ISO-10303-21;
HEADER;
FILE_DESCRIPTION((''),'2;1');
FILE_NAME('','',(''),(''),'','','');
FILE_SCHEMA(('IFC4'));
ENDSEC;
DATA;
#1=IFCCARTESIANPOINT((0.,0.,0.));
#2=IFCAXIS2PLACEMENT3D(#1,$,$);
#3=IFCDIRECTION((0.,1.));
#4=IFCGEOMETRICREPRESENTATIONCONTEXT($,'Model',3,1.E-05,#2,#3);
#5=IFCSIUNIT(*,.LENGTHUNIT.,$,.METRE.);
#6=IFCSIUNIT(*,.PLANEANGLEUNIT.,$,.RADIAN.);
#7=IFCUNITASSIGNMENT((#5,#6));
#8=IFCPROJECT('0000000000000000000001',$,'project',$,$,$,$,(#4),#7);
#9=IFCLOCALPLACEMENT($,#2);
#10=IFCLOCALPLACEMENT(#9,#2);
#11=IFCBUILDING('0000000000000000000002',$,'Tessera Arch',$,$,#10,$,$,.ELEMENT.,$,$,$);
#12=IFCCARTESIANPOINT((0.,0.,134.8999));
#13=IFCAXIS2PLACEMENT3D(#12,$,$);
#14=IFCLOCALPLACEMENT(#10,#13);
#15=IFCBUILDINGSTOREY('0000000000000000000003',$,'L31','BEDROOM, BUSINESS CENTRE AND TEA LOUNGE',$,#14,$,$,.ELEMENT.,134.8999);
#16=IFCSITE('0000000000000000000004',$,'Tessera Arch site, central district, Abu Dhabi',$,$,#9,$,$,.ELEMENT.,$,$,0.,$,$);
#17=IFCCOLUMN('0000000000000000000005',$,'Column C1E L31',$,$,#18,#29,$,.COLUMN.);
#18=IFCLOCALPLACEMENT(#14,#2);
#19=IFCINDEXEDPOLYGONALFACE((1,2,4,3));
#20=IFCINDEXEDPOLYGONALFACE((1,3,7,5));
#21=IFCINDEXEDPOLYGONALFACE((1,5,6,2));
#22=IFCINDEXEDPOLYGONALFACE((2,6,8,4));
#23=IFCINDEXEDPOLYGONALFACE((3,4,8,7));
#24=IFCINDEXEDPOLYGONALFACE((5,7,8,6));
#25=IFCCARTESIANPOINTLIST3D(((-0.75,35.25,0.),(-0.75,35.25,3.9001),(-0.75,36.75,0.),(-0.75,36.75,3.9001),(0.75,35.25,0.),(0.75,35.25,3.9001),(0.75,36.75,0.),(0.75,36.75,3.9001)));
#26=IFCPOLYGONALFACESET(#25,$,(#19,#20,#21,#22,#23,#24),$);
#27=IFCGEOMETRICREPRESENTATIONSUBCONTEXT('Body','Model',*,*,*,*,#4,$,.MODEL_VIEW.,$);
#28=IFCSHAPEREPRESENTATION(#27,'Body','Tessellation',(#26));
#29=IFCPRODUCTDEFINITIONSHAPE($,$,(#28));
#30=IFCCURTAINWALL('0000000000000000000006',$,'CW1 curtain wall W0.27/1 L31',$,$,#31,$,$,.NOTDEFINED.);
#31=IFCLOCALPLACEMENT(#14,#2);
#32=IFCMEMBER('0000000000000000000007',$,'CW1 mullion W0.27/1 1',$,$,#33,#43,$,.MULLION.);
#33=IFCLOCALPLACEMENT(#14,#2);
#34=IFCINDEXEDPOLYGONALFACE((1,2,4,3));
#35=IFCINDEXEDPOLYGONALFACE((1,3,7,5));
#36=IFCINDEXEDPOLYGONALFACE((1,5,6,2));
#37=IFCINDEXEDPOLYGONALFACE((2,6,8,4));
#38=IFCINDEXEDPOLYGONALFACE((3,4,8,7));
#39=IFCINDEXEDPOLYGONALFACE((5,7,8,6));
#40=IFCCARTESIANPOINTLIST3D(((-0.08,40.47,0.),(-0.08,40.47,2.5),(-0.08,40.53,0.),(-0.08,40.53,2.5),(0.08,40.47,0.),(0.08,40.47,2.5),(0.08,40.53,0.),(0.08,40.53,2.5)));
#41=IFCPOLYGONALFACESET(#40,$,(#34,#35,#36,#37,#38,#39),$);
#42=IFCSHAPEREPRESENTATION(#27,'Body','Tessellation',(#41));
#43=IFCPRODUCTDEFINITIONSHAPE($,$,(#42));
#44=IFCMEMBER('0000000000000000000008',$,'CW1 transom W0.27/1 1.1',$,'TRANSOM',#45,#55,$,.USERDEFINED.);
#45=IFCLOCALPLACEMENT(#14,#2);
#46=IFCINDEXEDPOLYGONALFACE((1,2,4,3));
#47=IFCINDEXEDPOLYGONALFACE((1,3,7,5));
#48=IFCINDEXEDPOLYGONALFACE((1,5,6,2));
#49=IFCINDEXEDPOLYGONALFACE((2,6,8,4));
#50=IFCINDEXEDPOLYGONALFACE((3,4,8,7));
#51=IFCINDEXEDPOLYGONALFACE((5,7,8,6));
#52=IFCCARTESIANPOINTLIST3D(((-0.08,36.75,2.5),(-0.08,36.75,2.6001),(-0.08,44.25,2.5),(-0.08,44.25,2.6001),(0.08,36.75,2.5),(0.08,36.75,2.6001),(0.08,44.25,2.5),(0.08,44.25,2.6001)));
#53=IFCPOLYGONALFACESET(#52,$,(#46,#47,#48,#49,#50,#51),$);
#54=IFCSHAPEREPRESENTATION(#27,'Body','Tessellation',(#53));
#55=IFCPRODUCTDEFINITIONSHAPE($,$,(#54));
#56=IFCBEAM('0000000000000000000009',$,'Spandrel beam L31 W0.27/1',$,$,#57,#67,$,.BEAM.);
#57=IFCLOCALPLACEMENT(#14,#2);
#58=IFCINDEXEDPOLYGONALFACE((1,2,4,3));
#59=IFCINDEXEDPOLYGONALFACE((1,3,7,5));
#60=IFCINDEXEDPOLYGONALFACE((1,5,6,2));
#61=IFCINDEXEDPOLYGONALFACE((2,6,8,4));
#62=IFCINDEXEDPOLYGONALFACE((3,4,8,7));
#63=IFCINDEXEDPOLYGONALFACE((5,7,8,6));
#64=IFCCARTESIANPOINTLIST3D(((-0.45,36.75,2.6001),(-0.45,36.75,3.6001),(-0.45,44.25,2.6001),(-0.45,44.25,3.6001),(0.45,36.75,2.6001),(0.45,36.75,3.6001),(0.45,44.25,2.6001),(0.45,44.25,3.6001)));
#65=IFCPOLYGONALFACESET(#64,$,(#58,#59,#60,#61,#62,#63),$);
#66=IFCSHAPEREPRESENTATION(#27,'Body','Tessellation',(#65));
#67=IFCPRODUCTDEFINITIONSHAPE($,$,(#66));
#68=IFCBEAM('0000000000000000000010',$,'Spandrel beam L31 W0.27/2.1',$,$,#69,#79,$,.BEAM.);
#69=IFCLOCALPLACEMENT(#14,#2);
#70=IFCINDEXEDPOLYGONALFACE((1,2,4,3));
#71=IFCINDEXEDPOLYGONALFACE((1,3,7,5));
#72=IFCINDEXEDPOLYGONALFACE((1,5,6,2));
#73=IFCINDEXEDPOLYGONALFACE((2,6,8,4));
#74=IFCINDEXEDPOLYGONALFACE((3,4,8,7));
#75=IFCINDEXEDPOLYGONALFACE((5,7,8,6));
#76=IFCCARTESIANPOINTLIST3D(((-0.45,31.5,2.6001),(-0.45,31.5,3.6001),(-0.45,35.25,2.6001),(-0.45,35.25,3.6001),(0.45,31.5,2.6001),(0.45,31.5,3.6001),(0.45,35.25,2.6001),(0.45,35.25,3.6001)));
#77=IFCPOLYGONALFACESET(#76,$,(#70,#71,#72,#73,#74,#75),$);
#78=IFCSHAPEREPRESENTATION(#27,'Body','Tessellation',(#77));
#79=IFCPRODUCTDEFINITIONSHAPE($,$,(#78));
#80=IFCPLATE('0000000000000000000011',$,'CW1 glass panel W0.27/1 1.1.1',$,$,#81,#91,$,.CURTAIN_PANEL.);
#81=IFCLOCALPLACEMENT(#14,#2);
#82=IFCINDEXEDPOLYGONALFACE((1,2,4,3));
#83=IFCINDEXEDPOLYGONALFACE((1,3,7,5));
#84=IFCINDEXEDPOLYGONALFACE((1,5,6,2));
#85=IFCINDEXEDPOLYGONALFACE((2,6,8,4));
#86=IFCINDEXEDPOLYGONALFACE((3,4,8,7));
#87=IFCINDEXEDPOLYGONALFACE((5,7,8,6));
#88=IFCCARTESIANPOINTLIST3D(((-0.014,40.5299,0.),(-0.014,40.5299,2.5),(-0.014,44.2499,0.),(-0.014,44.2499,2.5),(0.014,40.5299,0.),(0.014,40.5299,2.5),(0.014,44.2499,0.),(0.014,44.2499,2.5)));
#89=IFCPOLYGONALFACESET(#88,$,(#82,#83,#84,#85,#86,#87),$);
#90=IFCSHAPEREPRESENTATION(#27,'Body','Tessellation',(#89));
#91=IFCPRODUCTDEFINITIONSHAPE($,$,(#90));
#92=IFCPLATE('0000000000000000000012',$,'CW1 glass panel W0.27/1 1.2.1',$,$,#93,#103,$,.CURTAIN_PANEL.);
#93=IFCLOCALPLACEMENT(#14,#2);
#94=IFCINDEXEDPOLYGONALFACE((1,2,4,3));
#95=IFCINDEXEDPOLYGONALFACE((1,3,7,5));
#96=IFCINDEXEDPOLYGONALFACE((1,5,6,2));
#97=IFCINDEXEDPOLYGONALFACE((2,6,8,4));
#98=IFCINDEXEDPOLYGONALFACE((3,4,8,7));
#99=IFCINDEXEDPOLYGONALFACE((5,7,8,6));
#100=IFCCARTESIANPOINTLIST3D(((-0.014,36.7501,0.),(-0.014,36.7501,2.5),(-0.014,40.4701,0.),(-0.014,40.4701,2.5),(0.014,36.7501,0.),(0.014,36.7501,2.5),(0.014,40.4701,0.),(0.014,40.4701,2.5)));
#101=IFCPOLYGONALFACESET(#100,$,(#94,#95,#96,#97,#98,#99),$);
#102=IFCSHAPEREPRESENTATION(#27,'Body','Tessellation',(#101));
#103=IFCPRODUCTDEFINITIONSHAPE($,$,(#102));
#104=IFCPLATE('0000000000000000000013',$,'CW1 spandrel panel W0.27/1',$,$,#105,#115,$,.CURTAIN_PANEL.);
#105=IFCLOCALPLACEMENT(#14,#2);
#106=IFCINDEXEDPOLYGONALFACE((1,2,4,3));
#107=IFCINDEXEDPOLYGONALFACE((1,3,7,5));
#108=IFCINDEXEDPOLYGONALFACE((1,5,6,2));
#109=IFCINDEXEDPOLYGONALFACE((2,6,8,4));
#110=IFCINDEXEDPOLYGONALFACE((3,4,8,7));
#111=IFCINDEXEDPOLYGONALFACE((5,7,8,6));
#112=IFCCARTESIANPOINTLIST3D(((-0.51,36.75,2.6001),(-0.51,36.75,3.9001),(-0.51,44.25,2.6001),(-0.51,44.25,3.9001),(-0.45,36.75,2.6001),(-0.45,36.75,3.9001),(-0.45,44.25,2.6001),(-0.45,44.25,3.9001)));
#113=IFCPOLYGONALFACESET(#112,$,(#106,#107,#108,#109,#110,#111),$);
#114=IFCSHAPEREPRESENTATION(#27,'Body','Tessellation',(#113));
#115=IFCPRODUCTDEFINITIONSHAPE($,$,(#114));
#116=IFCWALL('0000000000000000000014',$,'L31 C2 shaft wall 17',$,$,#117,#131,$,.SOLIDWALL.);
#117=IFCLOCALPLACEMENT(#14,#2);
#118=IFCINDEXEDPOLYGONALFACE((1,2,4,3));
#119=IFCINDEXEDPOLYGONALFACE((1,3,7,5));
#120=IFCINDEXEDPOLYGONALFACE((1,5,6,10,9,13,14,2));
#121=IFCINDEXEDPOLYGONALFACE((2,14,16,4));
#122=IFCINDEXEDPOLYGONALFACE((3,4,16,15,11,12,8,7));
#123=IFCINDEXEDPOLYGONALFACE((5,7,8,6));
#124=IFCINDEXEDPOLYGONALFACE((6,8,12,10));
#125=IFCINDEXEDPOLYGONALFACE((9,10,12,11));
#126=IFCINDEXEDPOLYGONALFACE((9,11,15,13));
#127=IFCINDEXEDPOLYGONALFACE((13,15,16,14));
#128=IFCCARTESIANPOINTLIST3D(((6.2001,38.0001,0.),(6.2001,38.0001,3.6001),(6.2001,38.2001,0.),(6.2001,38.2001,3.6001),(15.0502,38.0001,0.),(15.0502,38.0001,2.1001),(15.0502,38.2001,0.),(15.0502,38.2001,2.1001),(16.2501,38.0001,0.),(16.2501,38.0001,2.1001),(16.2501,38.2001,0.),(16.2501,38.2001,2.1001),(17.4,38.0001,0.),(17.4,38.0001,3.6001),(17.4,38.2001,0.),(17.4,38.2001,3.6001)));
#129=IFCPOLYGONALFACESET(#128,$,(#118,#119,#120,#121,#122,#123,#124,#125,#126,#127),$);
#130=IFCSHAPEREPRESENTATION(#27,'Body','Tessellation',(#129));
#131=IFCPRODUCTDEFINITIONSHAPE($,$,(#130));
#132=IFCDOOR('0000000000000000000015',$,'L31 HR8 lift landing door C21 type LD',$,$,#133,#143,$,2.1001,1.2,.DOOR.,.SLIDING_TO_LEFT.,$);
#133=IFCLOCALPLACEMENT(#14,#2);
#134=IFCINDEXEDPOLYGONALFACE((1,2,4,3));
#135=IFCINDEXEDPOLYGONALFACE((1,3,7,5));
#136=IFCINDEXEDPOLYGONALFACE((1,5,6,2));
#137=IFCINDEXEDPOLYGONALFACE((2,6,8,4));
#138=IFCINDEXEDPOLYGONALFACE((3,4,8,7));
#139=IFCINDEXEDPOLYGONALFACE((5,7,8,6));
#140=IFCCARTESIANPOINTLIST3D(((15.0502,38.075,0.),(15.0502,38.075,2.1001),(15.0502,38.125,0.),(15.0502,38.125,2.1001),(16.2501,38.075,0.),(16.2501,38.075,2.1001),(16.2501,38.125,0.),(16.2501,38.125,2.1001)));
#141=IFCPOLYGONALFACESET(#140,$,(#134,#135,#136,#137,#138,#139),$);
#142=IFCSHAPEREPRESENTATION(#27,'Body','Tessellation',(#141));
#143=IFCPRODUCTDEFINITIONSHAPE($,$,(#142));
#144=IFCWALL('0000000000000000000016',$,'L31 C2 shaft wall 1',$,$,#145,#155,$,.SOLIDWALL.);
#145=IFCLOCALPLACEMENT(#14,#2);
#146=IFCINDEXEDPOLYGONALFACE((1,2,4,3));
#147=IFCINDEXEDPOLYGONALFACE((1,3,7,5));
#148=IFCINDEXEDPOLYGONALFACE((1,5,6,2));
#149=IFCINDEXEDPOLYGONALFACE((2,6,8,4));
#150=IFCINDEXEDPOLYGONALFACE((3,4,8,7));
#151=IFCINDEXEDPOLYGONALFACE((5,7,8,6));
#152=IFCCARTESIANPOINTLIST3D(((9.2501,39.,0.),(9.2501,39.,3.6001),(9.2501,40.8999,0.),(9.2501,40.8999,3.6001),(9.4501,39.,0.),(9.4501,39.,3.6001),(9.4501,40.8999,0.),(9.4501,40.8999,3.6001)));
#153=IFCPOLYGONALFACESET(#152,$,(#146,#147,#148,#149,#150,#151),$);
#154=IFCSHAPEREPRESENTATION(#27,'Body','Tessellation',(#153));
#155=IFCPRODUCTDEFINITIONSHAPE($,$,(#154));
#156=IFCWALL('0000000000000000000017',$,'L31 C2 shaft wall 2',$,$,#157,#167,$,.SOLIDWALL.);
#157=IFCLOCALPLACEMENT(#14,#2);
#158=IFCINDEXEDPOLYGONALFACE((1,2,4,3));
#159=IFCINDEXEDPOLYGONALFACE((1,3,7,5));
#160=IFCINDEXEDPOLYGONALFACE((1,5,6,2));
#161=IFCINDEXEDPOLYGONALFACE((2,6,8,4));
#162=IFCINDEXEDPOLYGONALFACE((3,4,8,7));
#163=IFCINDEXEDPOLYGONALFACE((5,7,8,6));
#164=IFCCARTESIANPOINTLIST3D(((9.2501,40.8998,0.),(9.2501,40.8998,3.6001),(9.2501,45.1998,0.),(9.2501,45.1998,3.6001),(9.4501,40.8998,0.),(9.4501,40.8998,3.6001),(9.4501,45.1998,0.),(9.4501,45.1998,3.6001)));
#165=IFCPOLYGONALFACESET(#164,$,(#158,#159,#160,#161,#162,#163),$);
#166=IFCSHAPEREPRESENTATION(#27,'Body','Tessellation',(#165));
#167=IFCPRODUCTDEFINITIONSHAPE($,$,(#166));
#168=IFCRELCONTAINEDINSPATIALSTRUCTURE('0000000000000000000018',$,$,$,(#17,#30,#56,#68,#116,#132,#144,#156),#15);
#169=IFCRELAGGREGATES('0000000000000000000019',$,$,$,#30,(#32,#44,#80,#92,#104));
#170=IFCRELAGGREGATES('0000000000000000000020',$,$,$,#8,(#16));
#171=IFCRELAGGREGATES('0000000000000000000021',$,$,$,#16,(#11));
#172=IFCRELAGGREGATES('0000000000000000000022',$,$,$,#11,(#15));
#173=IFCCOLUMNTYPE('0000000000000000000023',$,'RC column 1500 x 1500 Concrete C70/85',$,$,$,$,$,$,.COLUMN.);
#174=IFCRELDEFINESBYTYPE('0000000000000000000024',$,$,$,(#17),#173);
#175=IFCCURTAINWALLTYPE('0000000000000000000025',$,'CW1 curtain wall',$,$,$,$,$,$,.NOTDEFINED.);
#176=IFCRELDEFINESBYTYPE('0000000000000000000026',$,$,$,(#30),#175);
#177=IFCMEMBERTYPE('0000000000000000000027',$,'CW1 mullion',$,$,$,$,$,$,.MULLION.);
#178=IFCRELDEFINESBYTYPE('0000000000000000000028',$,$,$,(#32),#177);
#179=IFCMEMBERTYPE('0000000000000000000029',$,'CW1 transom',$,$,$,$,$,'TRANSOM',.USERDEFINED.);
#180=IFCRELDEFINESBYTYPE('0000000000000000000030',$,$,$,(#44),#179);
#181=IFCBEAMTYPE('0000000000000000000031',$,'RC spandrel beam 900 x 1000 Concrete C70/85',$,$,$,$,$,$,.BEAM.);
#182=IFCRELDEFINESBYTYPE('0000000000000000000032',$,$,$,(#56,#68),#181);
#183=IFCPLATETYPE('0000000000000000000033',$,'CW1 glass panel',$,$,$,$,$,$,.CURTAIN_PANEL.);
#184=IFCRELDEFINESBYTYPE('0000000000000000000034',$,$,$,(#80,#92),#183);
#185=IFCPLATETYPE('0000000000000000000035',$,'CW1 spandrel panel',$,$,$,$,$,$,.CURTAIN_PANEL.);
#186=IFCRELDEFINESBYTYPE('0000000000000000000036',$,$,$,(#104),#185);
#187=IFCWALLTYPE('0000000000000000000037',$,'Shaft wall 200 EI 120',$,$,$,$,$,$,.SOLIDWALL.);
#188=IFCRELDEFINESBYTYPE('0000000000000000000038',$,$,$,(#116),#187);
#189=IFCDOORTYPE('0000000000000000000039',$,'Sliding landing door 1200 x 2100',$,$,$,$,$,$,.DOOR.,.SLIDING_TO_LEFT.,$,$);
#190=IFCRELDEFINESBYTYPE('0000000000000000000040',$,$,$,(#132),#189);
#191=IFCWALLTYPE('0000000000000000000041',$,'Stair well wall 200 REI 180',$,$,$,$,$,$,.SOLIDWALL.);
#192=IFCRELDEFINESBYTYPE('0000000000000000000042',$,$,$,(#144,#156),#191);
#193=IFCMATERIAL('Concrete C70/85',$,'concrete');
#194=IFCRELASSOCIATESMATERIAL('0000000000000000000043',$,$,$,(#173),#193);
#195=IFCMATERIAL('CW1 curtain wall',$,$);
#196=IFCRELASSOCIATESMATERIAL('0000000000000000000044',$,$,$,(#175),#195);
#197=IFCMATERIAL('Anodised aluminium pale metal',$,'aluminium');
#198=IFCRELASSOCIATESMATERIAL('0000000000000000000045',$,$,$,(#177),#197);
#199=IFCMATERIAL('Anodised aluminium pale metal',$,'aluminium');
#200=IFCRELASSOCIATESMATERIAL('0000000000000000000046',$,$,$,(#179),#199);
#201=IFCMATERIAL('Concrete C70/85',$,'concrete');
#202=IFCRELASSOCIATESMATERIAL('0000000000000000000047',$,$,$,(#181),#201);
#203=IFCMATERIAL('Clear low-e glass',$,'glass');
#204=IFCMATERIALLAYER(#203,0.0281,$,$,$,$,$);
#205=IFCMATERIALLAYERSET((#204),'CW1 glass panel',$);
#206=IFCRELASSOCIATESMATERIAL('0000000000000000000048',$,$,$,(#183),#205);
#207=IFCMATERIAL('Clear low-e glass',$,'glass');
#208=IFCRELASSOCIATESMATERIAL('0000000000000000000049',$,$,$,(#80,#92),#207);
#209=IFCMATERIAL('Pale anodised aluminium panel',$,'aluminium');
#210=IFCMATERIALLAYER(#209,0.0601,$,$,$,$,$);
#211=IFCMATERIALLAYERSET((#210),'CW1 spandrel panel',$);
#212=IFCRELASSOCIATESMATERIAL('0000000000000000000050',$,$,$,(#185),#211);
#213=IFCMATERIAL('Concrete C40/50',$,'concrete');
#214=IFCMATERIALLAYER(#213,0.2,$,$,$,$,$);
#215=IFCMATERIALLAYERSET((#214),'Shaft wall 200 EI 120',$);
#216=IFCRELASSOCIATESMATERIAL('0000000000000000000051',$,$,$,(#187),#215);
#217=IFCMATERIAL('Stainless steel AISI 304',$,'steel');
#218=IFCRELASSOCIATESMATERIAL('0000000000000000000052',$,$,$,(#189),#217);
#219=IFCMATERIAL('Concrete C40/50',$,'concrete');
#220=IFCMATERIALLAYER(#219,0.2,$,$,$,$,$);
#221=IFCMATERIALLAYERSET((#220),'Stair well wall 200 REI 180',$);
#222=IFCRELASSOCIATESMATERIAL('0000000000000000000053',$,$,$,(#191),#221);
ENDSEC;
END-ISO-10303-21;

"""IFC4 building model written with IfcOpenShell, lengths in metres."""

from ifc_helpers import new_model, si_unit, direction, frame, frame_2d, origin, origin_2d, place, context, subcontext, project, spatial, rectangle, extrude, material, layer, layer_set, material_profile, profile_set, type_object, element, fill, aggregate, save


model = new_model("IFC4")

# Units and contexts
model_context = context("Model", 3, precision=1e-05, world=origin(), true_north=direction((0.0, 1.0)))
body_context = subcontext(model_context, "Body", "Model", "MODEL_VIEW")
ifc_project = project(units=[si_unit("LENGTHUNIT", "METRE"), si_unit("PLANEANGLEUNIT", "RADIAN")], contexts=[model_context])

# Site, building, storey
site_placement = place(None, origin())
site = spatial("IfcSite", under=ifc_project, at=site_placement, Name="Tessera Arch site, central district, Abu Dhabi", CompositionType="ELEMENT", RefElevation=0.0)
building_placement = place(site_placement, origin())
building = spatial("IfcBuilding", under=site, at=building_placement, Name="Tessera Arch", CompositionType="ELEMENT")
storey_placement = place(building_placement, frame((0.0, 0.0, 134.8999)))
storey = spatial("IfcBuildingStorey", under=building, at=storey_placement, Name="L31", Description="BEDROOM, BUSINESS CENTRE AND TEA LOUNGE", CompositionType="ELEMENT", Elevation=134.8999)

# Column
ifc_material_1 = material(Name="Concrete C70/85", Category="concrete")
ifc_material_profile_1 = material_profile(ifc_material_1, rectangle(XDim=1.5, YDim=1.5, at=origin_2d()), Name="RC column 1500 x 1500 Concrete C70/85")
ifc_profile_set_1 = profile_set([ifc_material_profile_1], Name="Concrete C70/85")
column_type = type_object("IfcColumnType", Name="RC column 1500 x 1500 Concrete C70/85", PredefinedType="COLUMN", material=ifc_profile_set_1)
column_placement = place(storey_placement, frame((0.0, 36.0, 0.0), z_axis=(0.0, 0.0, 1.0), x_axis=(1.0, 0.0, 0.0)))
element("IfcColumn", 1, at=column_placement, inside=storey, type_object=column_type, Name="Column C1E L31", PredefinedType="COLUMN", context=body_context, shape_type="SweptSolid", body=[
    extrude(rectangle(XDim=1.5, YDim=1.5, at=origin_2d()), origin(), (0.0, 0.0, 1.0), 3.9001),
])

# Curtain wall, members
ifc_material_2 = material(Name="CW1 curtain wall")
curtain_wall_type = type_object("IfcCurtainWallType", Name="CW1 curtain wall", PredefinedType="NOTDEFINED", material=ifc_material_2)
curtain_wall_placement = place(storey_placement, origin())
curtain_wall = element("IfcCurtainWall", 2, at=curtain_wall_placement, inside=storey, type_object=curtain_wall_type, Name="CW1 curtain wall W0.27/1 L31", PredefinedType="NOTDEFINED")
ifc_material_3 = material(Name="Anodised aluminium pale metal", Category="aluminium")
ifc_material_profile_2 = material_profile(ifc_material_3, rectangle(XDim=0.1599, YDim=0.0601, at=origin_2d()), Name="AL 60x160")
ifc_profile_set_2 = profile_set([ifc_material_profile_2], Name="Anodised aluminium pale metal")
member_type_1 = type_object("IfcMemberType", Name="CW1 mullion", PredefinedType="MULLION", material=ifc_profile_set_2)
member_1_placement = place(storey_placement, frame((0.0, 40.5, 0.0), z_axis=(0.0, 0.0, 1.0), x_axis=(1.0, 0.0, 0.0)))
member_1 = element("IfcMember", 3, at=member_1_placement, type_object=member_type_1, Name="CW1 mullion W0.27/1 1", PredefinedType="MULLION", context=body_context, shape_type="SweptSolid", body=[
    extrude(rectangle(XDim=0.1599, YDim=0.0601, at=origin_2d()), origin(), (0.0, 0.0, 1.0), 2.5),
])
ifc_material_4 = material(Name="Anodised aluminium pale metal", Category="aluminium")
ifc_material_profile_3 = material_profile(ifc_material_4, rectangle(XDim=0.1599, YDim=0.1001, at=origin_2d()), Name="AL 160x100")
ifc_profile_set_3 = profile_set([ifc_material_profile_3], Name="Anodised aluminium pale metal")
member_type_2 = type_object("IfcMemberType", Name="CW1 transom", ElementType="TRANSOM", PredefinedType="USERDEFINED", material=ifc_profile_set_3)
member_2_placement = place(storey_placement, frame((0.0, 44.25, 2.55), z_axis=(0.0, -1.0, 0.0), x_axis=(1.0, 0.0, 0.0)))
member_2 = element("IfcMember", 4, at=member_2_placement, type_object=member_type_2, Name="CW1 transom W0.27/1 1.1", ObjectType="TRANSOM", PredefinedType="USERDEFINED", context=body_context, shape_type="SweptSolid", body=[
    extrude(rectangle(XDim=0.1599, YDim=0.1001, at=origin_2d()), origin(), (0.0, 0.0, 1.0), 7.5),
])

# Beams
ifc_material_5 = material(Name="Concrete C70/85", Category="concrete")
ifc_material_profile_4 = material_profile(ifc_material_5, rectangle(XDim=0.8999, YDim=1.0, at=origin_2d()), Name="RC spandrel beam 900 x 1000 Concrete C70/85")
ifc_profile_set_4 = profile_set([ifc_material_profile_4], Name="Concrete C70/85")
beam_type = type_object("IfcBeamType", Name="RC spandrel beam 900 x 1000 Concrete C70/85", PredefinedType="BEAM", material=ifc_profile_set_4)
beam_1_placement = place(storey_placement, frame((0.0, 44.25, 3.1001), z_axis=(0.0, -1.0, 0.0), x_axis=(1.0, 0.0, 0.0)))
element("IfcBeam", 5, at=beam_1_placement, inside=storey, type_object=beam_type, Name="Spandrel beam L31 W0.27/1", PredefinedType="BEAM", context=body_context, shape_type="SweptSolid", body=[
    extrude(rectangle(XDim=0.8999, YDim=1.0, at=origin_2d()), origin(), (0.0, 0.0, 1.0), 7.5),
])
beam_2_placement = place(storey_placement, frame((0.0, 35.25, 3.1001), z_axis=(0.0, -1.0, 0.0), x_axis=(1.0, 0.0, 0.0)))
element("IfcBeam", 6, at=beam_2_placement, inside=storey, type_object=beam_type, Name="Spandrel beam L31 W0.27/2.1", PredefinedType="BEAM", context=body_context, shape_type="SweptSolid", body=[
    extrude(rectangle(XDim=0.8999, YDim=1.0, at=origin_2d()), origin(), (0.0, 0.0, 1.0), 3.75),
])

# Plates
ifc_material_6 = material(Name="Clear low-e glass", Category="glass")
ifc_material_7 = material(Name="Clear low-e glass", Category="glass")
ifc_layer_1 = layer(ifc_material_7, 0.0281)
ifc_layer_set_1 = layer_set([ifc_layer_1], Name="CW1 glass panel")
plate_type_1 = type_object("IfcPlateType", Name="CW1 glass panel", PredefinedType="CURTAIN_PANEL", material=ifc_layer_set_1)
plate_1_placement = place(storey_placement, frame((0.0, 42.3899, 0.0), z_axis=(0.0, 0.0, 1.0), x_axis=(0.0, -1.0, 0.0)))
plate_1 = element("IfcPlate", 7, at=plate_1_placement, type_object=plate_type_1, material=ifc_material_6, Name="CW1 glass panel W0.27/1 1.1.1", PredefinedType="CURTAIN_PANEL", context=body_context, shape_type="SweptSolid", body=[
    extrude(rectangle(XDim=3.72, YDim=0.0281, at=origin_2d()), origin(), (0.0, 0.0, 1.0), 2.5),
])
plate_2_placement = place(storey_placement, frame((0.0, 38.6101, 0.0), z_axis=(0.0, 0.0, 1.0), x_axis=(0.0, -1.0, 0.0)))
plate_2 = element("IfcPlate", 8, at=plate_2_placement, type_object=plate_type_1, material=ifc_material_6, Name="CW1 glass panel W0.27/1 1.2.1", PredefinedType="CURTAIN_PANEL", context=body_context, shape_type="SweptSolid", body=[
    extrude(rectangle(XDim=3.72, YDim=0.0281, at=origin_2d()), origin(), (0.0, 0.0, 1.0), 2.5),
])
ifc_material_8 = material(Name="Pale anodised aluminium panel", Category="aluminium")
ifc_layer_2 = layer(ifc_material_8, 0.0601)
ifc_layer_set_2 = layer_set([ifc_layer_2], Name="CW1 spandrel panel")
plate_type_2 = type_object("IfcPlateType", Name="CW1 spandrel panel", PredefinedType="CURTAIN_PANEL", material=ifc_layer_set_2)
plate_3_placement = place(storey_placement, frame((-0.48, 40.5, 2.6001), z_axis=(0.0, 0.0, 1.0), x_axis=(0.0, -1.0, 0.0)))
plate_3 = element("IfcPlate", 9, at=plate_3_placement, type_object=plate_type_2, Name="CW1 spandrel panel W0.27/1", PredefinedType="CURTAIN_PANEL", context=body_context, shape_type="SweptSolid", body=[
    extrude(rectangle(XDim=7.5, YDim=0.0601, at=origin_2d()), origin(), (0.0, 0.0, 1.0), 1.3),
])
aggregate(curtain_wall, [member_1, member_2, plate_1, plate_2, plate_3])

# Wall, opening, door
ifc_material_9 = material(Name="Concrete C40/50", Category="concrete")
ifc_layer_3 = layer(ifc_material_9, 0.2)
ifc_layer_set_3 = layer_set([ifc_layer_3], Name="Shaft wall 200 EI 120")
wall_type_1 = type_object("IfcWallType", Name="Shaft wall 200 EI 120", PredefinedType="SOLIDWALL", material=ifc_layer_set_3)
wall_1_placement = place(storey_placement, frame((6.2, 38.1001, 0.0), z_axis=(0.0, 0.0, 1.0), x_axis=(1.0, 0.0, 0.0)))
wall_1 = element("IfcWall", 10, at=wall_1_placement, inside=storey, type_object=wall_type_1, Name="L31 C2 shaft wall 17", PredefinedType="SOLIDWALL", context=body_context, shape_type="SweptSolid", body=[
    extrude(rectangle(XDim=11.2, YDim=0.2, at=frame_2d((5.6001, 0.0))), origin(), (0.0, 0.0, 1.0), 3.6001),
])
opening_placement = place(wall_1_placement, frame((8.8501, 0.0, 0.0)))
opening = element("IfcOpeningElement", 11, at=opening_placement, cuts=wall_1, PredefinedType="OPENING", context=body_context, shape_type="SweptSolid", body=[
    extrude(rectangle(XDim=1.2, YDim=2.1001, at=frame_2d((0.6001, 1.05))), frame((0.0, 0.1099, 0.0), z_axis=(0.0, -1.0, 0.0), x_axis=(1.0, 0.0, 0.0)), (0.0, 0.0, 1.0), 0.22),
])
ifc_material_10 = material(Name="Stainless steel AISI 304", Category="steel")
door_type = type_object("IfcDoorType", Name="Sliding landing door 1200 x 2100", OperationType="SLIDING_TO_LEFT", PredefinedType="DOOR", material=ifc_material_10)
door_placement = place(opening_placement, origin())
door = element("IfcDoor", 12, at=door_placement, inside=storey, type_object=door_type, Name="L31 HR8 lift landing door C21 type LD", OperationType="SLIDING_TO_LEFT", OverallHeight=2.1001, OverallWidth=1.2, PredefinedType="DOOR", context=body_context, shape_type="SweptSolid", body=[
    extrude(rectangle(XDim=1.2, YDim=2.1001, at=frame_2d((0.6001, 1.05))), frame((0.0, 0.0249, 0.0), z_axis=(0.0, -1.0, 0.0), x_axis=(1.0, 0.0, 0.0)), (0.0, 0.0, 1.0), 0.05),
])
fill(opening, door)

# Walls
ifc_material_11 = material(Name="Concrete C40/50", Category="concrete")
ifc_layer_4 = layer(ifc_material_11, 0.2)
ifc_layer_set_4 = layer_set([ifc_layer_4], Name="Stair well wall 200 REI 180")
wall_type_2 = type_object("IfcWallType", Name="Stair well wall 200 REI 180", PredefinedType="SOLIDWALL", material=ifc_layer_set_4)
wall_2_placement = place(storey_placement, frame((9.3501, 39.0, 0.0), z_axis=(0.0, 0.0, 1.0), x_axis=(0.0, 1.0, 0.0)))
element("IfcWall", 13, at=wall_2_placement, inside=storey, type_object=wall_type_2, Name="L31 C2 shaft wall 1", PredefinedType="SOLIDWALL", context=body_context, shape_type="SweptSolid", body=[
    extrude(rectangle(XDim=1.8999, YDim=0.2, at=frame_2d((0.95, 0.0))), origin(), (0.0, 0.0, 1.0), 3.6001),
])
wall_3_placement = place(storey_placement, frame((9.3501, 40.8999, 0.0), z_axis=(0.0, 0.0, 1.0), x_axis=(0.0, 1.0, 0.0)))
element("IfcWall", 14, at=wall_3_placement, inside=storey, type_object=wall_type_2, Name="L31 C2 shaft wall 2", PredefinedType="SOLIDWALL", context=body_context, shape_type="SweptSolid", body=[
    extrude(rectangle(XDim=4.3, YDim=0.2, at=frame_2d((2.1499, 0.0))), origin(), (0.0, 0.0, 1.0), 3.6001),
])

save(model, "model.ifc")
